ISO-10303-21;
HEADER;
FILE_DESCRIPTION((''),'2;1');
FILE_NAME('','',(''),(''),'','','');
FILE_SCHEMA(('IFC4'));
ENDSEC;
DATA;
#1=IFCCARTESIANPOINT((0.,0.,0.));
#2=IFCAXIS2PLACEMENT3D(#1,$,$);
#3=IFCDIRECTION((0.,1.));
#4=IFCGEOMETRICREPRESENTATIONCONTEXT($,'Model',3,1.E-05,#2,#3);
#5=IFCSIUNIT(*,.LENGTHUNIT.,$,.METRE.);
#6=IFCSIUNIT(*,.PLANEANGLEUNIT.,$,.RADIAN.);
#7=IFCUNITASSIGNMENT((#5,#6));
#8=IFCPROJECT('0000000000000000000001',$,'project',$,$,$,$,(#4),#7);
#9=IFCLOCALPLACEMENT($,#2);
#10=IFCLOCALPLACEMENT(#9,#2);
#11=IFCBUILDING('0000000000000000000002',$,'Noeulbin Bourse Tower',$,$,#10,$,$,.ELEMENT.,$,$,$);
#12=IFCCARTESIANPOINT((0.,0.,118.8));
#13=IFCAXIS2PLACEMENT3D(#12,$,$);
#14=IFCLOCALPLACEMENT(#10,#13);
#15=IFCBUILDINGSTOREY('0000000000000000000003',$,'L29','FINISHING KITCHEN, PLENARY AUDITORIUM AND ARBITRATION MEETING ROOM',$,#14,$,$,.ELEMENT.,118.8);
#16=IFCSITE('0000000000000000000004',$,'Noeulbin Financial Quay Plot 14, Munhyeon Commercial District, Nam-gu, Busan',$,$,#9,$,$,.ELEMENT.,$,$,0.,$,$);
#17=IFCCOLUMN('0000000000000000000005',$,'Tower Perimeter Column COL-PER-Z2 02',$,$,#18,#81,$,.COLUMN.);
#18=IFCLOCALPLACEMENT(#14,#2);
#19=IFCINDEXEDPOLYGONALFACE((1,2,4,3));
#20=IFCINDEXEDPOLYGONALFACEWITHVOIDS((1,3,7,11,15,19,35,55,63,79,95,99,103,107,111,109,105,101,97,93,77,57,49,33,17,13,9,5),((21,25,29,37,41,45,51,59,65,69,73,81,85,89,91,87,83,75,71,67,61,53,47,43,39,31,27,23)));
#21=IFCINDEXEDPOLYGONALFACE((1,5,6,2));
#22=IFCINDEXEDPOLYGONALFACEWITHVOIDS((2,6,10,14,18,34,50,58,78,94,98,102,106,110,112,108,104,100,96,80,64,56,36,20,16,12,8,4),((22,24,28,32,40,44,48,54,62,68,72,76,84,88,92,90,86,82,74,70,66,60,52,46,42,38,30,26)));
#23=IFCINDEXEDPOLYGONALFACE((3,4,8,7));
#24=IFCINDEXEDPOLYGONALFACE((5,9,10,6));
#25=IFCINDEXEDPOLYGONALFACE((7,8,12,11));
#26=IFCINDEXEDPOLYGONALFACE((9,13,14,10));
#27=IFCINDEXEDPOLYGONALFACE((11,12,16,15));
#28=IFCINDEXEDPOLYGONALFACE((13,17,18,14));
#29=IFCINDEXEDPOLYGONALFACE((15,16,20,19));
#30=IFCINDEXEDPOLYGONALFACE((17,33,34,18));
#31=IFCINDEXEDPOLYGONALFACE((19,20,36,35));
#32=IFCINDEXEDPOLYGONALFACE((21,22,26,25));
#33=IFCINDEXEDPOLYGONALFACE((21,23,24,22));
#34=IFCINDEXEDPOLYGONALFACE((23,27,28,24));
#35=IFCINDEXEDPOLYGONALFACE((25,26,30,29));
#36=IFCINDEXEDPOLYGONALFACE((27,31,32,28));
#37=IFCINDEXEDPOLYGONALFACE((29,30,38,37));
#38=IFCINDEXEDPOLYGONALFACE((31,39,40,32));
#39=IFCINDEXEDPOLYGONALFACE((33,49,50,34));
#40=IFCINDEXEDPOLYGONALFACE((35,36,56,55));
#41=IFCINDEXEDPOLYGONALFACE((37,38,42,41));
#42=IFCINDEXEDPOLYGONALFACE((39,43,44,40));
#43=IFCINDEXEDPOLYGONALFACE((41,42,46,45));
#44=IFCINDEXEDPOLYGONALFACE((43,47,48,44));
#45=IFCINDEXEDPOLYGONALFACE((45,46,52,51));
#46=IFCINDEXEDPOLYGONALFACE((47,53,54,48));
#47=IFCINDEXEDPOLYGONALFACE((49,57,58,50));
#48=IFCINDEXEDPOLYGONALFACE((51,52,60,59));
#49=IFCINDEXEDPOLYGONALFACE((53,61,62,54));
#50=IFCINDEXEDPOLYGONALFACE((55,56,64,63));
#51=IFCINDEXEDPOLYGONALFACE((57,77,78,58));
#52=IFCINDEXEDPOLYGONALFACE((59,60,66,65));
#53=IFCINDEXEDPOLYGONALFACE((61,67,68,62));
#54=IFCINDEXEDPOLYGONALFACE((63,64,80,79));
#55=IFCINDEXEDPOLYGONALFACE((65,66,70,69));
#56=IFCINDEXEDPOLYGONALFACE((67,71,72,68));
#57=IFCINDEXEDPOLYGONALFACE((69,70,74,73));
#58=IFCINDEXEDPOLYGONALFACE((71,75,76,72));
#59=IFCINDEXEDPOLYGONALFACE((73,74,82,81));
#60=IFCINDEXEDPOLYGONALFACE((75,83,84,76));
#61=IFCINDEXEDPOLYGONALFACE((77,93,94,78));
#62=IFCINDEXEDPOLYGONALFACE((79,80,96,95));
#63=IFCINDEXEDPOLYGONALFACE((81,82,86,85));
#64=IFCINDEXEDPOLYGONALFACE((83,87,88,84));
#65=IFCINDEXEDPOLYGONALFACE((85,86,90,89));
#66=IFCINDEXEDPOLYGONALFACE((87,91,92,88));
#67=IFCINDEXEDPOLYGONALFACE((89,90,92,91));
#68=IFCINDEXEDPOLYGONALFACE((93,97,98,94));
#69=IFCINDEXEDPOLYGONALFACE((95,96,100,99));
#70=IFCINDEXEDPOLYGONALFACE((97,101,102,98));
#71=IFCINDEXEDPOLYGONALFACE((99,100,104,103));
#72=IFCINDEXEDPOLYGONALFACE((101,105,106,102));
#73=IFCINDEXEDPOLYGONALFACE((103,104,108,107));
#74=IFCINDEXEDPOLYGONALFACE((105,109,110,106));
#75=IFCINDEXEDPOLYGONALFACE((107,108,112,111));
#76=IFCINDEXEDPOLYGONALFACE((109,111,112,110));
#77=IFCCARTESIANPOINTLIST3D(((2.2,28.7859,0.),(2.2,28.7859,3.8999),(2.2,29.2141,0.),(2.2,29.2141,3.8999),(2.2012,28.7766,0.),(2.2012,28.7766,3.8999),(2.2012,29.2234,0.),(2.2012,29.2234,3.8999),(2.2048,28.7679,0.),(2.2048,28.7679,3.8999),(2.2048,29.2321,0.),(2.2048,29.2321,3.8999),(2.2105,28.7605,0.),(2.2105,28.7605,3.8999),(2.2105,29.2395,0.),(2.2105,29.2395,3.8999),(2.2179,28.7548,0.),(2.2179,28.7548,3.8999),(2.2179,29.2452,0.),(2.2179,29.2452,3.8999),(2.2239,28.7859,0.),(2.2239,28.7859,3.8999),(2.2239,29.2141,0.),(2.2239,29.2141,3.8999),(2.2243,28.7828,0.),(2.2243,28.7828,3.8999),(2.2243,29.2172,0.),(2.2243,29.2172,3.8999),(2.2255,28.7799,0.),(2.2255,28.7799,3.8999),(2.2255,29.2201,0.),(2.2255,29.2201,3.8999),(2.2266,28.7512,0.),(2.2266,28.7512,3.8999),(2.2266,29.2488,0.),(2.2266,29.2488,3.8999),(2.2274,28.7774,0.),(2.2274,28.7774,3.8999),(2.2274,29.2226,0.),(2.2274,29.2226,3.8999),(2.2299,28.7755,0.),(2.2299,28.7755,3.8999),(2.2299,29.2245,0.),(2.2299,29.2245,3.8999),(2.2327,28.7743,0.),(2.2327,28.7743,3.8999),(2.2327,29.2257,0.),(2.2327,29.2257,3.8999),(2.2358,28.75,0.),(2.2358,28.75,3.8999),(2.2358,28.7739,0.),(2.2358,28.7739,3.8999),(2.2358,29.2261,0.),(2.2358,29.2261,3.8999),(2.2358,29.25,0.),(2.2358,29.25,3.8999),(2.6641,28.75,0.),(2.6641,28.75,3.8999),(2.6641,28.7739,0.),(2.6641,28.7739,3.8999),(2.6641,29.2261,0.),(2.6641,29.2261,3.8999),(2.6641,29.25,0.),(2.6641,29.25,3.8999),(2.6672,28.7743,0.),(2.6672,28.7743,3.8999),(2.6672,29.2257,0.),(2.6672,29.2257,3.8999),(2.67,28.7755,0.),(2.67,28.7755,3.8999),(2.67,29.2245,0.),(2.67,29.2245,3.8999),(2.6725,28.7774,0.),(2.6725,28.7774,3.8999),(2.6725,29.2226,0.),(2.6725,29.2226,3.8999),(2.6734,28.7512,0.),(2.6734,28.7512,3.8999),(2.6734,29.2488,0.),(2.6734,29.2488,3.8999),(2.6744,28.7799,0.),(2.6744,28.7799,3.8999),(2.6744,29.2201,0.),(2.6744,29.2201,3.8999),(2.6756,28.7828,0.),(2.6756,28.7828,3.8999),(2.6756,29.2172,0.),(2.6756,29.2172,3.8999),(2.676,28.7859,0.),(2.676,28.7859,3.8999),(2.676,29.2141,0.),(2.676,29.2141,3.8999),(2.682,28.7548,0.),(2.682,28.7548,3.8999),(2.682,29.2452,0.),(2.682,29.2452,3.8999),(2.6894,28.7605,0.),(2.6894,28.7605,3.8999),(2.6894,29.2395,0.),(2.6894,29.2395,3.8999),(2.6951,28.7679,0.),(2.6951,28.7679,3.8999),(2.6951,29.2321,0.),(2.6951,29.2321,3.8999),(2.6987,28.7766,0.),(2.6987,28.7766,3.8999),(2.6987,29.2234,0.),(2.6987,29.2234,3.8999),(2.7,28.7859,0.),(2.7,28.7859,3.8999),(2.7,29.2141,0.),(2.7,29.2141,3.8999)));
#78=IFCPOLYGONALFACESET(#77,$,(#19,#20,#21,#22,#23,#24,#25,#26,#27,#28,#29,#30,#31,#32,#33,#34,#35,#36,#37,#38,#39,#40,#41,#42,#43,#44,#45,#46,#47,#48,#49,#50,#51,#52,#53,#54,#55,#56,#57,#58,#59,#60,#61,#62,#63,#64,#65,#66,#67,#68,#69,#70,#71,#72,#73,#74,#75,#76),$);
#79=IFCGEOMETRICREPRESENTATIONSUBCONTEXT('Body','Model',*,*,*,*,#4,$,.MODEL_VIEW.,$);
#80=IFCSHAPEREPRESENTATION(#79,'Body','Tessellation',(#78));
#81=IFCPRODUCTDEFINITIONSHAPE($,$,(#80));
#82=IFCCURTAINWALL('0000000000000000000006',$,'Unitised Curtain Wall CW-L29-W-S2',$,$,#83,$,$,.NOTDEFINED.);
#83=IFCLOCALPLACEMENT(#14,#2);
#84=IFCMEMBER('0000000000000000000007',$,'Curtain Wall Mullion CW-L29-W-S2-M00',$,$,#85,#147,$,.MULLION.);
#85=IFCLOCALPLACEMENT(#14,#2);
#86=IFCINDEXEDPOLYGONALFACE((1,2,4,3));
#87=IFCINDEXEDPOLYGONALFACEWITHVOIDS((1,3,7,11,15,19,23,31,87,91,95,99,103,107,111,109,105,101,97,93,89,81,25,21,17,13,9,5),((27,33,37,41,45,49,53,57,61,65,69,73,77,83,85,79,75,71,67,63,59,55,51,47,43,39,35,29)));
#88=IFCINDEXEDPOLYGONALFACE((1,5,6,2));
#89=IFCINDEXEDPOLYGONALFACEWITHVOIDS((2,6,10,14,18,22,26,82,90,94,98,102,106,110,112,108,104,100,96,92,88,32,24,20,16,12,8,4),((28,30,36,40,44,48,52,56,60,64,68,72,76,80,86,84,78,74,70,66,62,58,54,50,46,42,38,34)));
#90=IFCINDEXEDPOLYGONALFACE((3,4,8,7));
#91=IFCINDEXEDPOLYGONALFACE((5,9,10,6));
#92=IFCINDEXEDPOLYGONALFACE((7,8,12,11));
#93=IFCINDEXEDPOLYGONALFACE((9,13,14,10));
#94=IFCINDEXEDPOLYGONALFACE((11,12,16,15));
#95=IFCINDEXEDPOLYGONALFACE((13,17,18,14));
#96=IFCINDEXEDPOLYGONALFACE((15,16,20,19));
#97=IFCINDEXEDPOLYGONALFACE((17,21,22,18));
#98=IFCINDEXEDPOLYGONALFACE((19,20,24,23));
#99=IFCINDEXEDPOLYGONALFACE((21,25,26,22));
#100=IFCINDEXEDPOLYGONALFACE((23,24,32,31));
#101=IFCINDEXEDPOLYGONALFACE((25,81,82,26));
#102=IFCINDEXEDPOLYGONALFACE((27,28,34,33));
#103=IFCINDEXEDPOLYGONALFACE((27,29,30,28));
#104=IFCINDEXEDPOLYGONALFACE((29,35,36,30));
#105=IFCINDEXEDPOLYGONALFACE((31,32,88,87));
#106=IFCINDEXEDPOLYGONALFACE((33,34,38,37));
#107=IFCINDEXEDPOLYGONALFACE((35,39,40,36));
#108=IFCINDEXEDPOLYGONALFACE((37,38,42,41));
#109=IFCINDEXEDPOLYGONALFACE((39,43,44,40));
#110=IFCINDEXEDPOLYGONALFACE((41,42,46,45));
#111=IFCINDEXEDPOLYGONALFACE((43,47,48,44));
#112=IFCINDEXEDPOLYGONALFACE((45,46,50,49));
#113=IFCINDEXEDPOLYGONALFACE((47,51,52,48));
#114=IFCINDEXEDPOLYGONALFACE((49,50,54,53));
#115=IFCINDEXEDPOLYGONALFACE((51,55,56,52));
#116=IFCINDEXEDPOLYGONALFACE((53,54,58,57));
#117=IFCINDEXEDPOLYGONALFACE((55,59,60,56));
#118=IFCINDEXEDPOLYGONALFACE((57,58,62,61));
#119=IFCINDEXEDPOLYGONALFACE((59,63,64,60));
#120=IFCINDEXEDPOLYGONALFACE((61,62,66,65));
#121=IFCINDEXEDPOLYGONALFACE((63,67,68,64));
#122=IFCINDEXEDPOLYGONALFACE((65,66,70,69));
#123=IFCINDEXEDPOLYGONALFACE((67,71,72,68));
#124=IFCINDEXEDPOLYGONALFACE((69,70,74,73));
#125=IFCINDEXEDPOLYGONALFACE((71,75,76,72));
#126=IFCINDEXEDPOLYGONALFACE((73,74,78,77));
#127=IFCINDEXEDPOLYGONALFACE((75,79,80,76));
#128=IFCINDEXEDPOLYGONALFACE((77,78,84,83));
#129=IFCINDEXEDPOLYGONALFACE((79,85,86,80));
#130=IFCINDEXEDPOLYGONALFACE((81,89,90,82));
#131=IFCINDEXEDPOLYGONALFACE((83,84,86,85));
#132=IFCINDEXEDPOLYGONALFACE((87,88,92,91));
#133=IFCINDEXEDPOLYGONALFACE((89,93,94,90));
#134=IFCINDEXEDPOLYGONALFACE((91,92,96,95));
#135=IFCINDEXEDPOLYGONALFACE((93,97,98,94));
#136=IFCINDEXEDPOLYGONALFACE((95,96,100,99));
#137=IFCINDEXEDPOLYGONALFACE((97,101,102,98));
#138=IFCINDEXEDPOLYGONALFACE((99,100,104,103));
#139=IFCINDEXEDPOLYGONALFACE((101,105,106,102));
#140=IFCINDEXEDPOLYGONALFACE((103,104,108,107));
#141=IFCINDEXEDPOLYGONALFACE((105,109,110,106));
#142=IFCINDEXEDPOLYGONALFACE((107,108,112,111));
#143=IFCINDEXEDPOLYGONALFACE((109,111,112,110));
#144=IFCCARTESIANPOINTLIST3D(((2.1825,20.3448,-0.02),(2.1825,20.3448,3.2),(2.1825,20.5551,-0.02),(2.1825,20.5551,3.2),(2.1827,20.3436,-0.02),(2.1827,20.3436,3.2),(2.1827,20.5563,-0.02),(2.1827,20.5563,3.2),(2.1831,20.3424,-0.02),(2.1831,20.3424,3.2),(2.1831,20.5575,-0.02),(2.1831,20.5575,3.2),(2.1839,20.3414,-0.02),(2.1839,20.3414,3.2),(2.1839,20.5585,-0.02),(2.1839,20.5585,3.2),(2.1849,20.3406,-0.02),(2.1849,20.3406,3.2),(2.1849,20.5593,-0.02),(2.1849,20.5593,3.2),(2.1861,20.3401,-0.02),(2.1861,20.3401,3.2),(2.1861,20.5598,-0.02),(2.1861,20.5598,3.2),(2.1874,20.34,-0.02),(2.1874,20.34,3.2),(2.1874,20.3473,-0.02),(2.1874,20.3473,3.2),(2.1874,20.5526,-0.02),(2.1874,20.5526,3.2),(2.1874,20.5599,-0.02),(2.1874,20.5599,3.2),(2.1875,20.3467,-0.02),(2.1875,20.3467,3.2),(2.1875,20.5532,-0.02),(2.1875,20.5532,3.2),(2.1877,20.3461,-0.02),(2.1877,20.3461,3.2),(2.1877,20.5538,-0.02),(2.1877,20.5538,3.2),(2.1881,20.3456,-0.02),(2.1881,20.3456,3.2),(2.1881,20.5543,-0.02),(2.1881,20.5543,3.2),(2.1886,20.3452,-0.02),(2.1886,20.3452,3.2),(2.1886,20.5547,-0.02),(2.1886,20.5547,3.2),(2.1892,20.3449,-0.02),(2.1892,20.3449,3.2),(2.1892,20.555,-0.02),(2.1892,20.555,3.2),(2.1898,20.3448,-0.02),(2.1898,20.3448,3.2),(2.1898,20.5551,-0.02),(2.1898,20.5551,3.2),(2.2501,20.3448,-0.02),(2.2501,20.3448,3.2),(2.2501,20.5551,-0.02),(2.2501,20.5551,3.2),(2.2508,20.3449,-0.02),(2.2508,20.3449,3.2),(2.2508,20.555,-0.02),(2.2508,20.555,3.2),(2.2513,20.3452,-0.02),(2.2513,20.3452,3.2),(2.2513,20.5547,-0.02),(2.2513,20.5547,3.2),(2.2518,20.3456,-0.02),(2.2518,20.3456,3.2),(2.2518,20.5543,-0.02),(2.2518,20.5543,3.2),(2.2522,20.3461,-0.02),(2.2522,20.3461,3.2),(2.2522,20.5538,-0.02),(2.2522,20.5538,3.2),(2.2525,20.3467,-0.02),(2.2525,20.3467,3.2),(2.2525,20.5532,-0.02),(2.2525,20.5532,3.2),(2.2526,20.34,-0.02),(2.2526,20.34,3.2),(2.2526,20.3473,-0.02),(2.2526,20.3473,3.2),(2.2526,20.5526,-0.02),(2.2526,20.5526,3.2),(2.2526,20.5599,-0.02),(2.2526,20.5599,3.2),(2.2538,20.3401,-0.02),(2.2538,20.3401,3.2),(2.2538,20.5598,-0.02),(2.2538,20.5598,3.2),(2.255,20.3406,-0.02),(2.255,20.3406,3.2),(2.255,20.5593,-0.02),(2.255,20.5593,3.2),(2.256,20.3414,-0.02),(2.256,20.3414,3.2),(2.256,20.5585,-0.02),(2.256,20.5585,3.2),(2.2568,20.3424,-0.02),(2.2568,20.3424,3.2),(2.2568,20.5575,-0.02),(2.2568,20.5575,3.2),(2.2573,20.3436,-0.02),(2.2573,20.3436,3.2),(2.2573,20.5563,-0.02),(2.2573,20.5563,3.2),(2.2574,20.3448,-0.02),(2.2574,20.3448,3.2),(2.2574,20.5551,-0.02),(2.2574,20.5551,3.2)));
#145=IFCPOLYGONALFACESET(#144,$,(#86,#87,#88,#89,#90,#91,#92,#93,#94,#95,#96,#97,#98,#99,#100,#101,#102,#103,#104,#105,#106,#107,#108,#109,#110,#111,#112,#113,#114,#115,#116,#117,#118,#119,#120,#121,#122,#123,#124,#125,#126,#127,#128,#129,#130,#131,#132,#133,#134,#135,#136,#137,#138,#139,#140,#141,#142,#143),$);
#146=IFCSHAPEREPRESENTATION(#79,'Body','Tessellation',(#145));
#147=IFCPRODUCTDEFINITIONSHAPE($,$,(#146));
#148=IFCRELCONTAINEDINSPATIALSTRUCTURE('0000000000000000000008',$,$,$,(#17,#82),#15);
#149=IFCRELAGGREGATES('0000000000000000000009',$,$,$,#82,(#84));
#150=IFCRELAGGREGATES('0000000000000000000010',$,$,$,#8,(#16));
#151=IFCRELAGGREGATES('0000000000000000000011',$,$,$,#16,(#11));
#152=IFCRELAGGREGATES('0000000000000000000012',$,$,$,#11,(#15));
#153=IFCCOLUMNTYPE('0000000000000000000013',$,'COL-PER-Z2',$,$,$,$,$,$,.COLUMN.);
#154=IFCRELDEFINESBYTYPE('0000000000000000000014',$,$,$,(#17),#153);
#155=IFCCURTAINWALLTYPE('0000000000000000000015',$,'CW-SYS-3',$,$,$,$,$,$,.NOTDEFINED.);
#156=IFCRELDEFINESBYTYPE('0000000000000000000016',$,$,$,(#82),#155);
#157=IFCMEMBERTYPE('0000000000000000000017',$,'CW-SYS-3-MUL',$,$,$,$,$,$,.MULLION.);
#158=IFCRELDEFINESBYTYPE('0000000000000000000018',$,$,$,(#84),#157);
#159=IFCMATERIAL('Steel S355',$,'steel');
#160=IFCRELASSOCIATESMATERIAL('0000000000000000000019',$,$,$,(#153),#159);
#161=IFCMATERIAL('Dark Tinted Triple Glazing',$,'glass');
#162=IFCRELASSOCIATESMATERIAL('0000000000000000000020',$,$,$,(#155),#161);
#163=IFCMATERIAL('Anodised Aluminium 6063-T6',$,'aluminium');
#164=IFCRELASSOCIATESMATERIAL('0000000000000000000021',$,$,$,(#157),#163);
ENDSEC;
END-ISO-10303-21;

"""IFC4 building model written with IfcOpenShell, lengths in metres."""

from ifc_helpers import new_model, si_unit, direction, frame, origin, origin_2d, place, context, subcontext, project, spatial, hollow_rectangle, extrude, material, material_profile, profile_set, type_object, element, aggregate, save


model = new_model("IFC4")

# Units and contexts
model_context = context("Model", 3, precision=1e-05, world=origin(), true_north=direction((0.0, 1.0)))
body_context = subcontext(model_context, "Body", "Model", "MODEL_VIEW")
ifc_project = project(units=[si_unit("LENGTHUNIT", "METRE"), si_unit("PLANEANGLEUNIT", "RADIAN")], contexts=[model_context])

# Site, building, storey
site_placement = place(None, origin())
site = spatial("IfcSite", under=ifc_project, at=site_placement, Name="Noeulbin Financial Quay Plot 14, Munhyeon Commercial District, Nam-gu, Busan", CompositionType="ELEMENT", RefElevation=0.0)
building_placement = place(site_placement, origin())
building = spatial("IfcBuilding", under=site, at=building_placement, Name="Noeulbin Bourse Tower", CompositionType="ELEMENT")
storey_placement = place(building_placement, frame((0.0, 0.0, 118.8)))
storey = spatial("IfcBuildingStorey", under=building, at=storey_placement, Name="L29", Description="FINISHING KITCHEN, PLENARY AUDITORIUM AND ARBITRATION MEETING ROOM", CompositionType="ELEMENT", Elevation=118.8)

# Column
ifc_material_1 = material(Name="Steel S355", Category="steel")
ifc_material_profile_1 = material_profile(ifc_material_1, hollow_rectangle(XDim=0.5, YDim=0.5, WallThickness=0.0239, InnerFilletRadius=0.012, OuterFilletRadius=0.0359, at=origin_2d()), Name="BOX-500x500x24", Category="LoadBearing")
ifc_profile_set_1 = profile_set([ifc_material_profile_1], Name="Steel S355")
column_type = type_object("IfcColumnType", Name="COL-PER-Z2", PredefinedType="COLUMN", material=ifc_profile_set_1)
column_placement = place(storey_placement, frame((2.45, 29.0, 0.0), z_axis=(0.0, 0.0, 1.0), x_axis=(1.0, 0.0, 0.0)))
element("IfcColumn", 1, at=column_placement, inside=storey, type_object=column_type, Name="Tower Perimeter Column COL-PER-Z2 02", PredefinedType="COLUMN", context=body_context, shape_type="SweptSolid", body=[
    extrude(hollow_rectangle(XDim=0.5, YDim=0.5, WallThickness=0.0239, InnerFilletRadius=0.012, OuterFilletRadius=0.0359, at=origin_2d()), origin(), (0.0, 0.0, 1.0), 3.8999),
])

# Curtain wall, member
ifc_material_2 = material(Name="Dark Tinted Triple Glazing", Category="glass")
curtain_wall_type = type_object("IfcCurtainWallType", Name="CW-SYS-3", PredefinedType="NOTDEFINED", material=ifc_material_2)
curtain_wall_placement = place(storey_placement, origin())
curtain_wall = element("IfcCurtainWall", 2, at=curtain_wall_placement, inside=storey, type_object=curtain_wall_type, Name="Unitised Curtain Wall CW-L29-W-S2", PredefinedType="NOTDEFINED")
ifc_material_3 = material(Name="Anodised Aluminium 6063-T6", Category="aluminium")
ifc_material_profile_2 = material_profile(ifc_material_3, hollow_rectangle(XDim=0.075, YDim=0.22, WallThickness=0.0049, InnerFilletRadius=0.0024, OuterFilletRadius=0.0049, at=origin_2d()), Name="ALU-MULL-75x220x5", Category="LoadBearing")
ifc_profile_set_2 = profile_set([ifc_material_profile_2], Name="Anodised Aluminium 6063-T6")
member_type_1 = type_object("IfcMemberType", Name="CW-SYS-3-MUL", PredefinedType="MULLION", material=ifc_profile_set_2)
member_1_placement = place(storey_placement, frame((2.22, 20.45, -0.02), z_axis=(0.0, 0.0, 1.0), x_axis=(1.0, 0.0, 0.0)))
member_1 = element("IfcMember", 3, at=member_1_placement, type_object=member_type_1, Name="Curtain Wall Mullion CW-L29-W-S2-M00", PredefinedType="MULLION", context=body_context, shape_type="SweptSolid", body=[
    extrude(hollow_rectangle(XDim=0.075, YDim=0.22, WallThickness=0.0049, InnerFilletRadius=0.0024, OuterFilletRadius=0.0049, at=origin_2d()), origin(), (0.0, 0.0, 1.0), 3.22),
])
aggregate(curtain_wall, [member_1])

save(model, "model.ifc")
